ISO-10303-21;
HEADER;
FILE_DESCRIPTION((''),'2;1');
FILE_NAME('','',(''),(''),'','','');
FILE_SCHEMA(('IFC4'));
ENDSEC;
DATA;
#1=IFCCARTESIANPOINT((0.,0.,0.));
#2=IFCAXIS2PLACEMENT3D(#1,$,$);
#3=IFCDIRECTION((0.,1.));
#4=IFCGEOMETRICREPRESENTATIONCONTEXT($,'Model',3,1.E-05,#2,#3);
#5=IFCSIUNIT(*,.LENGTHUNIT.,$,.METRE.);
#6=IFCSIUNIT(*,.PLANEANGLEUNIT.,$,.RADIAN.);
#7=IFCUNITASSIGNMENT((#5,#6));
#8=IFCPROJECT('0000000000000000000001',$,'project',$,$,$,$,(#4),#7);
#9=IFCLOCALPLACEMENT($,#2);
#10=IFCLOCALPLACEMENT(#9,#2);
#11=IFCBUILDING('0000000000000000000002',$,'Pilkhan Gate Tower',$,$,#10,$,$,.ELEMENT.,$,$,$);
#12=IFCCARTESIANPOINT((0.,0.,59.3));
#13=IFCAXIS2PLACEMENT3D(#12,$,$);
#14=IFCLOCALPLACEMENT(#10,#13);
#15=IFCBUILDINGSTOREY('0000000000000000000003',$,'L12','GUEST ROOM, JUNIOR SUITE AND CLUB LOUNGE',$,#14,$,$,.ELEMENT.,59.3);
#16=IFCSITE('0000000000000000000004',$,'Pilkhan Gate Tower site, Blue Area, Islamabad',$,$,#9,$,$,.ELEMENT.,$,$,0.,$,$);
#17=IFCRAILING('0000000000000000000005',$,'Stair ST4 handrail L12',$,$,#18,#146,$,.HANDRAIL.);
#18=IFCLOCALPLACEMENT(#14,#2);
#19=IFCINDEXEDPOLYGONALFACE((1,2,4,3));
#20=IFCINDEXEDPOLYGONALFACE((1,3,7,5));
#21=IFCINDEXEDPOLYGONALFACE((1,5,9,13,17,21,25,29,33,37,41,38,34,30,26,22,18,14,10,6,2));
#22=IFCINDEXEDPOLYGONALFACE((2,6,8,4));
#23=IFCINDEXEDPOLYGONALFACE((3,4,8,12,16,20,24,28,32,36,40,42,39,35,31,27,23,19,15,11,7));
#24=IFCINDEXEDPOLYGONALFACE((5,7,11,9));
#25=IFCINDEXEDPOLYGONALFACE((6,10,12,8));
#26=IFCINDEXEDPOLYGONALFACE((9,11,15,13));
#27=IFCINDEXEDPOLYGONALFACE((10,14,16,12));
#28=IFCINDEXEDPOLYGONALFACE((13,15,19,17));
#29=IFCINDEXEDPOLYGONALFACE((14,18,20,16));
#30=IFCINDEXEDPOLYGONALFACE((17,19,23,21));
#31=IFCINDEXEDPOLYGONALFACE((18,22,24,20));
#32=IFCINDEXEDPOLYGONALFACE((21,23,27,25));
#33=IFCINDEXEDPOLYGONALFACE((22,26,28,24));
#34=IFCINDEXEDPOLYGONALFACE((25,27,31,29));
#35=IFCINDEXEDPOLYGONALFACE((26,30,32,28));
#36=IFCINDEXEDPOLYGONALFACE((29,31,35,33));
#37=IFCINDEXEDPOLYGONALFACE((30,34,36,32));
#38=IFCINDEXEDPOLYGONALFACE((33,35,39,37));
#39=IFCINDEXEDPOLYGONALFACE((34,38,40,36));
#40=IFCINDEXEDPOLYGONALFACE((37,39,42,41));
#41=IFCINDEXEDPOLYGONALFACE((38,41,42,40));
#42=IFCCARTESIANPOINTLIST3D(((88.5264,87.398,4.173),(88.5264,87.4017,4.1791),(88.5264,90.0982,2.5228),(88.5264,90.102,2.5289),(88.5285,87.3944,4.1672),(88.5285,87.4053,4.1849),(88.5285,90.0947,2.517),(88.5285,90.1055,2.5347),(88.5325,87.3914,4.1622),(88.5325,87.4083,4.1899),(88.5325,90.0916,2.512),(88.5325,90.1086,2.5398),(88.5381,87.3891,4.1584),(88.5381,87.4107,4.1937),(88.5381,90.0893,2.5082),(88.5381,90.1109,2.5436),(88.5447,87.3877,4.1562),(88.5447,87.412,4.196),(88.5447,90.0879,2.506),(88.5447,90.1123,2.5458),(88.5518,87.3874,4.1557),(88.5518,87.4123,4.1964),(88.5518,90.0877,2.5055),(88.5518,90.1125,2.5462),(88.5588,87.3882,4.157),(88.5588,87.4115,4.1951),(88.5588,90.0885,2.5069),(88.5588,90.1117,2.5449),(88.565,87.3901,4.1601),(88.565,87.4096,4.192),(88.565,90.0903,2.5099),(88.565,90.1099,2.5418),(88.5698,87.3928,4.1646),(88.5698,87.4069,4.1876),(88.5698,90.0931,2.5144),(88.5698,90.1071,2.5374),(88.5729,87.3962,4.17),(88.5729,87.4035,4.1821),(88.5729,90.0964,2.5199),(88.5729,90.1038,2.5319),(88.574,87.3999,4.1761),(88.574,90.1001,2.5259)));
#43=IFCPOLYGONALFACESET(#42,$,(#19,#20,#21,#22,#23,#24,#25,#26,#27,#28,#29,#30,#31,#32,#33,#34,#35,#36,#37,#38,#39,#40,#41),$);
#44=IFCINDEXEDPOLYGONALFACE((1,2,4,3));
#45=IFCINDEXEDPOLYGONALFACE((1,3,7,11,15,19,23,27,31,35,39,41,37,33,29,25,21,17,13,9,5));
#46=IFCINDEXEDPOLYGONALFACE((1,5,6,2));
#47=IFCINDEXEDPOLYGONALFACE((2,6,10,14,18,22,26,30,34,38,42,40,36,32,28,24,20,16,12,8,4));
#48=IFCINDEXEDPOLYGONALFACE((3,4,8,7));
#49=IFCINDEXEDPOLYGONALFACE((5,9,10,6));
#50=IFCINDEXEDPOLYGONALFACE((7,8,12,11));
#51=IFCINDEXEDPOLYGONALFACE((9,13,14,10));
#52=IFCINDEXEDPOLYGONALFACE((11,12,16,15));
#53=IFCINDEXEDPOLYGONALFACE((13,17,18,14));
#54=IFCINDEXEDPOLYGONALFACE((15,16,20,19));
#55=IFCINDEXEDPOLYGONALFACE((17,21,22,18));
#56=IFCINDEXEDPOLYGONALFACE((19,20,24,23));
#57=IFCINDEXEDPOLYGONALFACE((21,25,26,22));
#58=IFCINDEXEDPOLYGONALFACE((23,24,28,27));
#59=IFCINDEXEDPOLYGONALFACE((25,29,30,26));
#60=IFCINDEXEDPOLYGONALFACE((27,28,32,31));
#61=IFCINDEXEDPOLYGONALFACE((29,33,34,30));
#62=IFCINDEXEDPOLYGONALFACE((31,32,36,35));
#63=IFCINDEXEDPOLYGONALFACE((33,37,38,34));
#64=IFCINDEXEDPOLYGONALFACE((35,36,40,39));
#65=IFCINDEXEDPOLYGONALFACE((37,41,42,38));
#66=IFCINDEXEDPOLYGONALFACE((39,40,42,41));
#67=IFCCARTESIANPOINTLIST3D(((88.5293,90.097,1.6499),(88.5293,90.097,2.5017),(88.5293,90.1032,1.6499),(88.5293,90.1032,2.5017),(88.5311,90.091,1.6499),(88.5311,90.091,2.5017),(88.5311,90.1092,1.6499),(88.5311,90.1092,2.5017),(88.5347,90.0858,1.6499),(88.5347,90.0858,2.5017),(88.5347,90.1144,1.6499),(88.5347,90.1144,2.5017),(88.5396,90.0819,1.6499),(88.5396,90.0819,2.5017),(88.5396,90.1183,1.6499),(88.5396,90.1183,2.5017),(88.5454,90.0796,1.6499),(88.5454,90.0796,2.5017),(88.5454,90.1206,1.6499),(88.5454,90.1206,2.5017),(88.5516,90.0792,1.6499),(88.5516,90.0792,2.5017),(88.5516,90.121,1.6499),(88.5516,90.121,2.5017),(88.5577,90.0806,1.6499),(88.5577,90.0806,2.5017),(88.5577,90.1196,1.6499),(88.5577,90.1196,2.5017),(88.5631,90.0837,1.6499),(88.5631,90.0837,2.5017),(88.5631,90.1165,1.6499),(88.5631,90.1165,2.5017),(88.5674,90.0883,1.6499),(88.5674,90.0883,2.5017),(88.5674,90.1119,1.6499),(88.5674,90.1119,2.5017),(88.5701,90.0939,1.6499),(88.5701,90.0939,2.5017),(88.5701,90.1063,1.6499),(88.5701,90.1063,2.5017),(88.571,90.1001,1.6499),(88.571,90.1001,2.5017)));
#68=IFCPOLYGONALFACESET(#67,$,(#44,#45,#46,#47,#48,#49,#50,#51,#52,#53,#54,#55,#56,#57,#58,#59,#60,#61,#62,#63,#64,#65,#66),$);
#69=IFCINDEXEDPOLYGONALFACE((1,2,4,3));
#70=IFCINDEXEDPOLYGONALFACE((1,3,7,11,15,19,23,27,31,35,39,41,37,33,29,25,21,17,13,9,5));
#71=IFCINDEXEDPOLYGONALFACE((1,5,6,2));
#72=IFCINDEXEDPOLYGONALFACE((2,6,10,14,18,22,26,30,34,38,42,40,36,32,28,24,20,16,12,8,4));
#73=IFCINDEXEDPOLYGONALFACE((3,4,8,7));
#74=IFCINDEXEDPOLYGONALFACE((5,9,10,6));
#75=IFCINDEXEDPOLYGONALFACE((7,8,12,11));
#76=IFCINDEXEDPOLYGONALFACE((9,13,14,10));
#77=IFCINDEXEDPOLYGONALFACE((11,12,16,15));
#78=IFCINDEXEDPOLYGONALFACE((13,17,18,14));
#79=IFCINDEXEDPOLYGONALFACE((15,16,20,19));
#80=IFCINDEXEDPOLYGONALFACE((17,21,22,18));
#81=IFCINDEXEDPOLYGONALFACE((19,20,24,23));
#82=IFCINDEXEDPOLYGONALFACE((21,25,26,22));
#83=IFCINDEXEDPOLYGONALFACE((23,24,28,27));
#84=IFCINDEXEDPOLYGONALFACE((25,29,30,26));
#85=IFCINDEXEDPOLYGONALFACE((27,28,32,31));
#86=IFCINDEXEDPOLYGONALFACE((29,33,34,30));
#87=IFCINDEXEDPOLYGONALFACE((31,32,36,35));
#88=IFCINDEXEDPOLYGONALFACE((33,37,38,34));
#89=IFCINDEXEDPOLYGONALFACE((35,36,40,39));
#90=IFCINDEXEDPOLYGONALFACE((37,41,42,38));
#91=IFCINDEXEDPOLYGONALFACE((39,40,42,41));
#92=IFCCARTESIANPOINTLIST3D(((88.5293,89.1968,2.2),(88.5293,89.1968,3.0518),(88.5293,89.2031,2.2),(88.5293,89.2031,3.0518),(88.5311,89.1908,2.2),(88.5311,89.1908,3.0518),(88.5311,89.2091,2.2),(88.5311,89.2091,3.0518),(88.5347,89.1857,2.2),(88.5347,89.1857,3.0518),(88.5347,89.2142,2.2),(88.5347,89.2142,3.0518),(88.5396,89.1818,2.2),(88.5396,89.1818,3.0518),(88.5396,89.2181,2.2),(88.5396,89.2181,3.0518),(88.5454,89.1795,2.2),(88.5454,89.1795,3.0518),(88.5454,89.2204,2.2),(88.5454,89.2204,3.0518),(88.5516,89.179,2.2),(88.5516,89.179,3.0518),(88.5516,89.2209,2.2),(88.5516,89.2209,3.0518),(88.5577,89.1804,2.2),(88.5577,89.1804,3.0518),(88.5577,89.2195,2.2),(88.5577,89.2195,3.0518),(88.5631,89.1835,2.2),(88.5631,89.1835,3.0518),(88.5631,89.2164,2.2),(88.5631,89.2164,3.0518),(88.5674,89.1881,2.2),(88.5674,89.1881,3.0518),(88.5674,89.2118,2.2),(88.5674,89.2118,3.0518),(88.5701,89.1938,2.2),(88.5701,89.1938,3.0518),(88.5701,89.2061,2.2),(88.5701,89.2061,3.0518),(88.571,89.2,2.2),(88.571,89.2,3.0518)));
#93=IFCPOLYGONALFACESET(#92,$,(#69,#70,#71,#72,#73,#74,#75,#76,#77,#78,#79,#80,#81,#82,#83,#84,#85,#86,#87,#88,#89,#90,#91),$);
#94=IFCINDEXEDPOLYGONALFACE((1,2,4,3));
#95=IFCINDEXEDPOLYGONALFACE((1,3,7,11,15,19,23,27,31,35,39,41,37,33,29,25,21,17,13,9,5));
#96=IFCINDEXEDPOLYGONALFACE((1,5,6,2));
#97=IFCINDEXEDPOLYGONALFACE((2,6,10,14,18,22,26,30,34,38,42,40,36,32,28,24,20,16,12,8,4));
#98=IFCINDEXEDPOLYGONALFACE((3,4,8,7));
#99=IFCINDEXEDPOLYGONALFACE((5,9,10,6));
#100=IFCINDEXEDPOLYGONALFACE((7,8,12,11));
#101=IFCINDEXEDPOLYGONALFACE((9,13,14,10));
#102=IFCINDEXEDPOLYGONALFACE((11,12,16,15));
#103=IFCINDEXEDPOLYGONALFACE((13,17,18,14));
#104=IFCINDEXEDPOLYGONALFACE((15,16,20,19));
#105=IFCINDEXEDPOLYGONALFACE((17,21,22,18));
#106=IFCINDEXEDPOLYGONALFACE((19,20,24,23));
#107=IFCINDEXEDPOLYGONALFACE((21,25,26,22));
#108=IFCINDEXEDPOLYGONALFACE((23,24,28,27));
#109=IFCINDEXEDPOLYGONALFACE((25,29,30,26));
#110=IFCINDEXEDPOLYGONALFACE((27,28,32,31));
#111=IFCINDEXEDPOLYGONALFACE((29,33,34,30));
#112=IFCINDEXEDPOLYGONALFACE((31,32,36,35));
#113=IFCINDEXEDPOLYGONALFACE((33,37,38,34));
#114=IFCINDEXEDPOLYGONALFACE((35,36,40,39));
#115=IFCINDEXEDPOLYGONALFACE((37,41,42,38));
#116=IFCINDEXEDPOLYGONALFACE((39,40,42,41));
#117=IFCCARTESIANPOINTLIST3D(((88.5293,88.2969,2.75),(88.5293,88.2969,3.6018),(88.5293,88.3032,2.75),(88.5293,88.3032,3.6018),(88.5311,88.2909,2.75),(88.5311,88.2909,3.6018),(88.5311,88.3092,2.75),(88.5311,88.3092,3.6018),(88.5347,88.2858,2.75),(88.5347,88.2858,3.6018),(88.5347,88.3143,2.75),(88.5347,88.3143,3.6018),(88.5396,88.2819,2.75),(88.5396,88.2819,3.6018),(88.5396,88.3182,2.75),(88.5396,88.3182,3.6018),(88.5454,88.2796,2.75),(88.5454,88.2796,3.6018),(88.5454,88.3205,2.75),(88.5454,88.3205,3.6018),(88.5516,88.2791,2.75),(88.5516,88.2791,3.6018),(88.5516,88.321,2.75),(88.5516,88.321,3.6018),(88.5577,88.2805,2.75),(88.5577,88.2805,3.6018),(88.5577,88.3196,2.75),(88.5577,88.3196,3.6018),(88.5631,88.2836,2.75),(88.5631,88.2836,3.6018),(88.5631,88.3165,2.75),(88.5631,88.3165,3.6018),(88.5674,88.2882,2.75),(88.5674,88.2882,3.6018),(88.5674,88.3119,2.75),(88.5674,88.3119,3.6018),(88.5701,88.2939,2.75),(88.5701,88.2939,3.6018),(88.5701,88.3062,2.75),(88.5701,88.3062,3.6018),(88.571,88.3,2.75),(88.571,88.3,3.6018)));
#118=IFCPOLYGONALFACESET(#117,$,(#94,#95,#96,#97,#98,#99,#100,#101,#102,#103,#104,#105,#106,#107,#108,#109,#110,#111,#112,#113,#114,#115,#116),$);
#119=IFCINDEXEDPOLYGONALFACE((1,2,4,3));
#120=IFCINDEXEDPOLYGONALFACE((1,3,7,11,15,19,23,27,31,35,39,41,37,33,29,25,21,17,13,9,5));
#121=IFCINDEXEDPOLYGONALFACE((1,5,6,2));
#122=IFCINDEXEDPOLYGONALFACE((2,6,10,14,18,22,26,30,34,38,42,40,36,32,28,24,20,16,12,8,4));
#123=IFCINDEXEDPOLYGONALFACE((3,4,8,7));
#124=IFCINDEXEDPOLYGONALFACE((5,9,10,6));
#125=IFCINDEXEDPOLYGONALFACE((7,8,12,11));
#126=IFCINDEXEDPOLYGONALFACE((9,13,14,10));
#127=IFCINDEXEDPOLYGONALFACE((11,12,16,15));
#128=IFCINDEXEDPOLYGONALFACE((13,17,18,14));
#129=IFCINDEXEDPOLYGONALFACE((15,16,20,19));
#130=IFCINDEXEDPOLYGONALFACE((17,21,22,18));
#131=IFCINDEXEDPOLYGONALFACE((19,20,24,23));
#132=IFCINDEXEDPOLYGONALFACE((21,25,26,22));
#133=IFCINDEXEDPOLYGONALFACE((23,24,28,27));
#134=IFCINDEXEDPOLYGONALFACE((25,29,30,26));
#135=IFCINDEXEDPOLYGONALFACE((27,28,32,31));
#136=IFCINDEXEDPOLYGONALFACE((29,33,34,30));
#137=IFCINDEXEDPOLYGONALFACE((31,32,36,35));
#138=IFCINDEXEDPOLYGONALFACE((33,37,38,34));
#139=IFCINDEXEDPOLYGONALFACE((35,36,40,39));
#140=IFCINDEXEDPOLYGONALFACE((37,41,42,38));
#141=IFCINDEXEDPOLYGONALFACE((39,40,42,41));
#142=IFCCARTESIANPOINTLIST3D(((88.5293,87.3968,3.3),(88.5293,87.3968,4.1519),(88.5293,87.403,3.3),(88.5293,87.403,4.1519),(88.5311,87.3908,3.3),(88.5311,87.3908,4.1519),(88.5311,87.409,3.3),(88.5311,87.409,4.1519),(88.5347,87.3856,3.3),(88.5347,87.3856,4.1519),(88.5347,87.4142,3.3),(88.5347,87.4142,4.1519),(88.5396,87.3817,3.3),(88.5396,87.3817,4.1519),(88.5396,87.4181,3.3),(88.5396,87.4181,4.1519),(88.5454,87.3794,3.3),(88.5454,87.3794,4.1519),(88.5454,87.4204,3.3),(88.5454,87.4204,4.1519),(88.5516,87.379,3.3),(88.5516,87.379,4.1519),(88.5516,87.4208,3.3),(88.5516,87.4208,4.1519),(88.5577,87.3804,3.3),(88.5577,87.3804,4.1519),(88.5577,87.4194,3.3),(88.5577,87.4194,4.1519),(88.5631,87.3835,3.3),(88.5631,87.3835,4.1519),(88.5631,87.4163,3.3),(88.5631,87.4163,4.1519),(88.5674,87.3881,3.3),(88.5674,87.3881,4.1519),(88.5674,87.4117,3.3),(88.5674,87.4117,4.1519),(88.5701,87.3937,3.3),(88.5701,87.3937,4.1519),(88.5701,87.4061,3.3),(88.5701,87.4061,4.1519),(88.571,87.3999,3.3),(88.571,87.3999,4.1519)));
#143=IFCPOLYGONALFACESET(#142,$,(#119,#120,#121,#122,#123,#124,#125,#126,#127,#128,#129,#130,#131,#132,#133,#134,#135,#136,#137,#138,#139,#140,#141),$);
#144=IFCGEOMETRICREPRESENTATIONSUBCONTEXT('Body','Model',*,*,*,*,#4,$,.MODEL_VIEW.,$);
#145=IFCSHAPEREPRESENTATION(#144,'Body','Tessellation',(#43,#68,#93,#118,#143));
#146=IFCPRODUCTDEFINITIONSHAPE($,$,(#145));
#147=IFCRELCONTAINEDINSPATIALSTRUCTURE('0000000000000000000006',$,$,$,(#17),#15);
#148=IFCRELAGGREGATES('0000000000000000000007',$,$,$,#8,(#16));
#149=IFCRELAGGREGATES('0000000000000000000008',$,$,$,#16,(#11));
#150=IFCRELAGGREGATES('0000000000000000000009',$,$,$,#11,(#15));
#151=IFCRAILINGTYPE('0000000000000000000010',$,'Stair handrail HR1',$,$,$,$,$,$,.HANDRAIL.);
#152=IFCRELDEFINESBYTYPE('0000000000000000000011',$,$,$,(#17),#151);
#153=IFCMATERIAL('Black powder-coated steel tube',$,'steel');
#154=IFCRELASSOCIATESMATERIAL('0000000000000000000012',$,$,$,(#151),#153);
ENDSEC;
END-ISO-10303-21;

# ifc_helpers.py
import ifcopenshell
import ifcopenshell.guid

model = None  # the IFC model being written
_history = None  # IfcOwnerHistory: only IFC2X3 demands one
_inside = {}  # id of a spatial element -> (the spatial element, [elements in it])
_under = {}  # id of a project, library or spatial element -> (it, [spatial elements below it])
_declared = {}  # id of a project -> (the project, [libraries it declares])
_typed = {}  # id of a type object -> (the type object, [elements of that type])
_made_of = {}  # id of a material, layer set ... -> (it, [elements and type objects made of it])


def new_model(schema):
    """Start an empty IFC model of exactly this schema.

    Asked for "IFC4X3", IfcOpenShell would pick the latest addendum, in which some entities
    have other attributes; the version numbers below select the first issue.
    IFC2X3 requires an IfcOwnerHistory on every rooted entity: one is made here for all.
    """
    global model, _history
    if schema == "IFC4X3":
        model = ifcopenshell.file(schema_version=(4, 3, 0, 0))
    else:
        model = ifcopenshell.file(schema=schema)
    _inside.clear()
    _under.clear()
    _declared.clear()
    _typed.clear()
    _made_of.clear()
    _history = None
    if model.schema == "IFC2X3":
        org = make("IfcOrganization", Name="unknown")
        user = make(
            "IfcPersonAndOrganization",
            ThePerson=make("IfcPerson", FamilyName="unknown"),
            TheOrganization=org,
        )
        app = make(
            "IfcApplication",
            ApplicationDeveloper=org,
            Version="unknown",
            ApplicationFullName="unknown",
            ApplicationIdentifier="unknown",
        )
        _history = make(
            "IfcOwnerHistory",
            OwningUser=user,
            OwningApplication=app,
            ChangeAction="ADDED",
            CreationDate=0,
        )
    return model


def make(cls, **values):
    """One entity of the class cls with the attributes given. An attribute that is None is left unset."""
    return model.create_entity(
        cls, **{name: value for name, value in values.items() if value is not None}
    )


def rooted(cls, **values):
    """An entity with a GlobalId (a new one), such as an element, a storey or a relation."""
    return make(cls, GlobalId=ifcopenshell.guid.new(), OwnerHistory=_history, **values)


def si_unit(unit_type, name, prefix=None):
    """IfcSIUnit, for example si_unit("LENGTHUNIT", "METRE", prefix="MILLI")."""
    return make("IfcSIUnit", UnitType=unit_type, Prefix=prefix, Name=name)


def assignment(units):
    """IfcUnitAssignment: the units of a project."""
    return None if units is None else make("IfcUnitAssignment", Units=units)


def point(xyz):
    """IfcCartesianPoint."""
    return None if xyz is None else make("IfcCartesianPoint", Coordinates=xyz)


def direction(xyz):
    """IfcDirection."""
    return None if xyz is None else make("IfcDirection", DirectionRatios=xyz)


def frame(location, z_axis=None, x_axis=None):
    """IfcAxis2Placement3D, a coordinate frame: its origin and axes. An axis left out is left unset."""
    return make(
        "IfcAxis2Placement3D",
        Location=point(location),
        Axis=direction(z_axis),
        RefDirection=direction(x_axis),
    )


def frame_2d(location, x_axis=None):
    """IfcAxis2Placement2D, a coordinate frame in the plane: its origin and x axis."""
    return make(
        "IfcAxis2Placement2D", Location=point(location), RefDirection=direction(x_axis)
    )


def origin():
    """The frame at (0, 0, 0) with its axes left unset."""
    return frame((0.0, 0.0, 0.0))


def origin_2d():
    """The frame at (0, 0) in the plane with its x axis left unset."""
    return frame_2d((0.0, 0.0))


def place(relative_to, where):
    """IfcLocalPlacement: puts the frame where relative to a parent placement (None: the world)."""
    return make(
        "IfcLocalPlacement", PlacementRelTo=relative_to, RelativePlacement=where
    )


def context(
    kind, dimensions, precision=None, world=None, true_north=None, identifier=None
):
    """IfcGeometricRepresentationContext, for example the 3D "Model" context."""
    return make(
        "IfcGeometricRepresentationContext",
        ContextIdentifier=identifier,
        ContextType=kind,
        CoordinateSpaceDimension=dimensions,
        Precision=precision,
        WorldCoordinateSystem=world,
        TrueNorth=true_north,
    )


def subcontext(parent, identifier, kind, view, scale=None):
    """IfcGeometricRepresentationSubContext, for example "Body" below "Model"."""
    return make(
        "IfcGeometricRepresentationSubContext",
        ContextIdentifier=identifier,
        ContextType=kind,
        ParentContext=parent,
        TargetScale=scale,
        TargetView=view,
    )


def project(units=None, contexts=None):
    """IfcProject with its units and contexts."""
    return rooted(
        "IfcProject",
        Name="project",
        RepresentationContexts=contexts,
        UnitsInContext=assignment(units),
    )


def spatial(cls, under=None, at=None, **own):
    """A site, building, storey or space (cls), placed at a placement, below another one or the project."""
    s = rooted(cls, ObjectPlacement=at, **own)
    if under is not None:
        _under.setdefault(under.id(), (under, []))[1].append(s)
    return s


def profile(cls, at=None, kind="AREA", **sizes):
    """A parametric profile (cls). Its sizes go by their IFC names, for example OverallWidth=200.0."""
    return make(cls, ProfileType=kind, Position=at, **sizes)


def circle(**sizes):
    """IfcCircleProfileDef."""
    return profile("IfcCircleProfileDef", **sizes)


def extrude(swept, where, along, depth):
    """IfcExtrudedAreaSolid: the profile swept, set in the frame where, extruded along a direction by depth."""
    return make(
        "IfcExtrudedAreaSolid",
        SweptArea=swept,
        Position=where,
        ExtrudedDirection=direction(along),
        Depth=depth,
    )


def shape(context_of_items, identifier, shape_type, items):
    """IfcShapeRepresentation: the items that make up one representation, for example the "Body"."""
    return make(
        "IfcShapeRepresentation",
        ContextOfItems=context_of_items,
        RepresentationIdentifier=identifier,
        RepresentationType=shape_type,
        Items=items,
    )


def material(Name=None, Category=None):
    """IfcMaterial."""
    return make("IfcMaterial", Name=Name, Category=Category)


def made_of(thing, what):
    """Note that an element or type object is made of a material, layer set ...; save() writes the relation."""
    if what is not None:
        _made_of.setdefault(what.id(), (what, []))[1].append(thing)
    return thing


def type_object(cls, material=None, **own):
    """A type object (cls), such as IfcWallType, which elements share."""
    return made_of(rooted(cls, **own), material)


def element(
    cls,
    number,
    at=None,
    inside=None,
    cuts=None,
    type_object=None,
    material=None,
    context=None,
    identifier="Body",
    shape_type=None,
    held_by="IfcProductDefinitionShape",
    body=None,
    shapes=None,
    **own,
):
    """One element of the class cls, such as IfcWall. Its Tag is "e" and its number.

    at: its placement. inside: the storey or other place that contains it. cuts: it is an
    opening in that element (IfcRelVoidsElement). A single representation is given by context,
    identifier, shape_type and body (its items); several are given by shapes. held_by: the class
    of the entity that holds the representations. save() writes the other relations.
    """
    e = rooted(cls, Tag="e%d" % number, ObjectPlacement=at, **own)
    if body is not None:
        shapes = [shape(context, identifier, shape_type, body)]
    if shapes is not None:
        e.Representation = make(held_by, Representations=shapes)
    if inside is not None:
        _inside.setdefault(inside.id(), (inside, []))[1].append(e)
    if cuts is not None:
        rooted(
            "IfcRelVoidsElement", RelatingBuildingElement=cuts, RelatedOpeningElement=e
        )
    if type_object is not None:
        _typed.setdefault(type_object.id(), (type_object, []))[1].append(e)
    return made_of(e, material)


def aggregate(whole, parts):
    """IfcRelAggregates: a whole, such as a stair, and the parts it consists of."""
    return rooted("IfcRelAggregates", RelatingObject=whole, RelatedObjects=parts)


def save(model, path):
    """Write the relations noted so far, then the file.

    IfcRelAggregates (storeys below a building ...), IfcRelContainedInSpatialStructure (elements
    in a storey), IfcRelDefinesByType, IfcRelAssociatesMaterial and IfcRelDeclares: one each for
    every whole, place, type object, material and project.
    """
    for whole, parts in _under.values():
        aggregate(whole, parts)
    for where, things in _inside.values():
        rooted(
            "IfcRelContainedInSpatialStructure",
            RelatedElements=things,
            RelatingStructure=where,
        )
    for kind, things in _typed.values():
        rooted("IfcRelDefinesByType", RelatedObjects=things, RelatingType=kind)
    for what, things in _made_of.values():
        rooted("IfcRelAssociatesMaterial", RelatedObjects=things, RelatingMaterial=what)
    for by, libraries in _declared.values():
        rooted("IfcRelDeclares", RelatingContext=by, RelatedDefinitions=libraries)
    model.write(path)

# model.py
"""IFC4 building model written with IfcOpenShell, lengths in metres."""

from ifc_helpers import new_model, si_unit, direction, frame, origin, origin_2d, place, context, subcontext, project, spatial, circle, extrude, material, type_object, element, save


model = new_model("IFC4")

# Units and contexts
model_context = context("Model", 3, precision=1e-05, world=origin(), true_north=direction((0.0, 1.0)))
body_context = subcontext(model_context, "Body", "Model", "MODEL_VIEW")
ifc_project = project(units=[si_unit("LENGTHUNIT", "METRE"), si_unit("PLANEANGLEUNIT", "RADIAN")], contexts=[model_context])

# Site, building, storey
site_placement = place(None, origin())
site = spatial("IfcSite", under=ifc_project, at=site_placement, Name="Pilkhan Gate Tower site, Blue Area, Islamabad", CompositionType="ELEMENT", RefElevation=0.0)
building_placement = place(site_placement, origin())
building = spatial("IfcBuilding", under=site, at=building_placement, Name="Pilkhan Gate Tower", CompositionType="ELEMENT")
storey_placement = place(building_placement, frame((0.0, 0.0, 59.3)))
storey = spatial("IfcBuildingStorey", under=building, at=storey_placement, Name="L12", Description="GUEST ROOM, JUNIOR SUITE AND CLUB LOUNGE", CompositionType="ELEMENT", Elevation=59.3)

# Railing
ifc_material_1 = material(Name="Black powder-coated steel tube", Category="steel")
railing_type_1 = type_object("IfcRailingType", Name="Stair handrail HR1", PredefinedType="HANDRAIL", material=ifc_material_1)
railing_1_placement = place(storey_placement, frame((88.55, 90.1001, 1.6499)))
element("IfcRailing", 1, at=railing_1_placement, inside=storey, type_object=railing_type_1, Name="Stair ST4 handrail L12", PredefinedType="HANDRAIL", context=body_context, shape_type="SweptSolid", body=[
    extrude(circle(Radius=0.0239, at=origin_2d()), frame((0.0, 0.0, 0.876), z_axis=(0.0, -0.853278, 0.521456), x_axis=(1.0, 0.0, 0.0)), (0.0, 0.0, 1.0), 3.1646),
    extrude(circle(Radius=0.021, at=origin_2d()), origin(), (0.0, 0.0, 1.0), 0.8518),
    extrude(circle(Radius=0.021, at=origin_2d()), frame((0.0, -0.9001, 0.55)), (0.0, 0.0, 1.0), 0.8518),
    extrude(circle(Radius=0.021, at=origin_2d()), frame((0.0, -1.8, 1.1001)), (0.0, 0.0, 1.0), 0.8518),
    extrude(circle(Radius=0.021, at=origin_2d()), frame((0.0, -2.7002, 1.6501)), (0.0, 0.0, 1.0), 0.8518),
])

save(model, "model.ifc")
